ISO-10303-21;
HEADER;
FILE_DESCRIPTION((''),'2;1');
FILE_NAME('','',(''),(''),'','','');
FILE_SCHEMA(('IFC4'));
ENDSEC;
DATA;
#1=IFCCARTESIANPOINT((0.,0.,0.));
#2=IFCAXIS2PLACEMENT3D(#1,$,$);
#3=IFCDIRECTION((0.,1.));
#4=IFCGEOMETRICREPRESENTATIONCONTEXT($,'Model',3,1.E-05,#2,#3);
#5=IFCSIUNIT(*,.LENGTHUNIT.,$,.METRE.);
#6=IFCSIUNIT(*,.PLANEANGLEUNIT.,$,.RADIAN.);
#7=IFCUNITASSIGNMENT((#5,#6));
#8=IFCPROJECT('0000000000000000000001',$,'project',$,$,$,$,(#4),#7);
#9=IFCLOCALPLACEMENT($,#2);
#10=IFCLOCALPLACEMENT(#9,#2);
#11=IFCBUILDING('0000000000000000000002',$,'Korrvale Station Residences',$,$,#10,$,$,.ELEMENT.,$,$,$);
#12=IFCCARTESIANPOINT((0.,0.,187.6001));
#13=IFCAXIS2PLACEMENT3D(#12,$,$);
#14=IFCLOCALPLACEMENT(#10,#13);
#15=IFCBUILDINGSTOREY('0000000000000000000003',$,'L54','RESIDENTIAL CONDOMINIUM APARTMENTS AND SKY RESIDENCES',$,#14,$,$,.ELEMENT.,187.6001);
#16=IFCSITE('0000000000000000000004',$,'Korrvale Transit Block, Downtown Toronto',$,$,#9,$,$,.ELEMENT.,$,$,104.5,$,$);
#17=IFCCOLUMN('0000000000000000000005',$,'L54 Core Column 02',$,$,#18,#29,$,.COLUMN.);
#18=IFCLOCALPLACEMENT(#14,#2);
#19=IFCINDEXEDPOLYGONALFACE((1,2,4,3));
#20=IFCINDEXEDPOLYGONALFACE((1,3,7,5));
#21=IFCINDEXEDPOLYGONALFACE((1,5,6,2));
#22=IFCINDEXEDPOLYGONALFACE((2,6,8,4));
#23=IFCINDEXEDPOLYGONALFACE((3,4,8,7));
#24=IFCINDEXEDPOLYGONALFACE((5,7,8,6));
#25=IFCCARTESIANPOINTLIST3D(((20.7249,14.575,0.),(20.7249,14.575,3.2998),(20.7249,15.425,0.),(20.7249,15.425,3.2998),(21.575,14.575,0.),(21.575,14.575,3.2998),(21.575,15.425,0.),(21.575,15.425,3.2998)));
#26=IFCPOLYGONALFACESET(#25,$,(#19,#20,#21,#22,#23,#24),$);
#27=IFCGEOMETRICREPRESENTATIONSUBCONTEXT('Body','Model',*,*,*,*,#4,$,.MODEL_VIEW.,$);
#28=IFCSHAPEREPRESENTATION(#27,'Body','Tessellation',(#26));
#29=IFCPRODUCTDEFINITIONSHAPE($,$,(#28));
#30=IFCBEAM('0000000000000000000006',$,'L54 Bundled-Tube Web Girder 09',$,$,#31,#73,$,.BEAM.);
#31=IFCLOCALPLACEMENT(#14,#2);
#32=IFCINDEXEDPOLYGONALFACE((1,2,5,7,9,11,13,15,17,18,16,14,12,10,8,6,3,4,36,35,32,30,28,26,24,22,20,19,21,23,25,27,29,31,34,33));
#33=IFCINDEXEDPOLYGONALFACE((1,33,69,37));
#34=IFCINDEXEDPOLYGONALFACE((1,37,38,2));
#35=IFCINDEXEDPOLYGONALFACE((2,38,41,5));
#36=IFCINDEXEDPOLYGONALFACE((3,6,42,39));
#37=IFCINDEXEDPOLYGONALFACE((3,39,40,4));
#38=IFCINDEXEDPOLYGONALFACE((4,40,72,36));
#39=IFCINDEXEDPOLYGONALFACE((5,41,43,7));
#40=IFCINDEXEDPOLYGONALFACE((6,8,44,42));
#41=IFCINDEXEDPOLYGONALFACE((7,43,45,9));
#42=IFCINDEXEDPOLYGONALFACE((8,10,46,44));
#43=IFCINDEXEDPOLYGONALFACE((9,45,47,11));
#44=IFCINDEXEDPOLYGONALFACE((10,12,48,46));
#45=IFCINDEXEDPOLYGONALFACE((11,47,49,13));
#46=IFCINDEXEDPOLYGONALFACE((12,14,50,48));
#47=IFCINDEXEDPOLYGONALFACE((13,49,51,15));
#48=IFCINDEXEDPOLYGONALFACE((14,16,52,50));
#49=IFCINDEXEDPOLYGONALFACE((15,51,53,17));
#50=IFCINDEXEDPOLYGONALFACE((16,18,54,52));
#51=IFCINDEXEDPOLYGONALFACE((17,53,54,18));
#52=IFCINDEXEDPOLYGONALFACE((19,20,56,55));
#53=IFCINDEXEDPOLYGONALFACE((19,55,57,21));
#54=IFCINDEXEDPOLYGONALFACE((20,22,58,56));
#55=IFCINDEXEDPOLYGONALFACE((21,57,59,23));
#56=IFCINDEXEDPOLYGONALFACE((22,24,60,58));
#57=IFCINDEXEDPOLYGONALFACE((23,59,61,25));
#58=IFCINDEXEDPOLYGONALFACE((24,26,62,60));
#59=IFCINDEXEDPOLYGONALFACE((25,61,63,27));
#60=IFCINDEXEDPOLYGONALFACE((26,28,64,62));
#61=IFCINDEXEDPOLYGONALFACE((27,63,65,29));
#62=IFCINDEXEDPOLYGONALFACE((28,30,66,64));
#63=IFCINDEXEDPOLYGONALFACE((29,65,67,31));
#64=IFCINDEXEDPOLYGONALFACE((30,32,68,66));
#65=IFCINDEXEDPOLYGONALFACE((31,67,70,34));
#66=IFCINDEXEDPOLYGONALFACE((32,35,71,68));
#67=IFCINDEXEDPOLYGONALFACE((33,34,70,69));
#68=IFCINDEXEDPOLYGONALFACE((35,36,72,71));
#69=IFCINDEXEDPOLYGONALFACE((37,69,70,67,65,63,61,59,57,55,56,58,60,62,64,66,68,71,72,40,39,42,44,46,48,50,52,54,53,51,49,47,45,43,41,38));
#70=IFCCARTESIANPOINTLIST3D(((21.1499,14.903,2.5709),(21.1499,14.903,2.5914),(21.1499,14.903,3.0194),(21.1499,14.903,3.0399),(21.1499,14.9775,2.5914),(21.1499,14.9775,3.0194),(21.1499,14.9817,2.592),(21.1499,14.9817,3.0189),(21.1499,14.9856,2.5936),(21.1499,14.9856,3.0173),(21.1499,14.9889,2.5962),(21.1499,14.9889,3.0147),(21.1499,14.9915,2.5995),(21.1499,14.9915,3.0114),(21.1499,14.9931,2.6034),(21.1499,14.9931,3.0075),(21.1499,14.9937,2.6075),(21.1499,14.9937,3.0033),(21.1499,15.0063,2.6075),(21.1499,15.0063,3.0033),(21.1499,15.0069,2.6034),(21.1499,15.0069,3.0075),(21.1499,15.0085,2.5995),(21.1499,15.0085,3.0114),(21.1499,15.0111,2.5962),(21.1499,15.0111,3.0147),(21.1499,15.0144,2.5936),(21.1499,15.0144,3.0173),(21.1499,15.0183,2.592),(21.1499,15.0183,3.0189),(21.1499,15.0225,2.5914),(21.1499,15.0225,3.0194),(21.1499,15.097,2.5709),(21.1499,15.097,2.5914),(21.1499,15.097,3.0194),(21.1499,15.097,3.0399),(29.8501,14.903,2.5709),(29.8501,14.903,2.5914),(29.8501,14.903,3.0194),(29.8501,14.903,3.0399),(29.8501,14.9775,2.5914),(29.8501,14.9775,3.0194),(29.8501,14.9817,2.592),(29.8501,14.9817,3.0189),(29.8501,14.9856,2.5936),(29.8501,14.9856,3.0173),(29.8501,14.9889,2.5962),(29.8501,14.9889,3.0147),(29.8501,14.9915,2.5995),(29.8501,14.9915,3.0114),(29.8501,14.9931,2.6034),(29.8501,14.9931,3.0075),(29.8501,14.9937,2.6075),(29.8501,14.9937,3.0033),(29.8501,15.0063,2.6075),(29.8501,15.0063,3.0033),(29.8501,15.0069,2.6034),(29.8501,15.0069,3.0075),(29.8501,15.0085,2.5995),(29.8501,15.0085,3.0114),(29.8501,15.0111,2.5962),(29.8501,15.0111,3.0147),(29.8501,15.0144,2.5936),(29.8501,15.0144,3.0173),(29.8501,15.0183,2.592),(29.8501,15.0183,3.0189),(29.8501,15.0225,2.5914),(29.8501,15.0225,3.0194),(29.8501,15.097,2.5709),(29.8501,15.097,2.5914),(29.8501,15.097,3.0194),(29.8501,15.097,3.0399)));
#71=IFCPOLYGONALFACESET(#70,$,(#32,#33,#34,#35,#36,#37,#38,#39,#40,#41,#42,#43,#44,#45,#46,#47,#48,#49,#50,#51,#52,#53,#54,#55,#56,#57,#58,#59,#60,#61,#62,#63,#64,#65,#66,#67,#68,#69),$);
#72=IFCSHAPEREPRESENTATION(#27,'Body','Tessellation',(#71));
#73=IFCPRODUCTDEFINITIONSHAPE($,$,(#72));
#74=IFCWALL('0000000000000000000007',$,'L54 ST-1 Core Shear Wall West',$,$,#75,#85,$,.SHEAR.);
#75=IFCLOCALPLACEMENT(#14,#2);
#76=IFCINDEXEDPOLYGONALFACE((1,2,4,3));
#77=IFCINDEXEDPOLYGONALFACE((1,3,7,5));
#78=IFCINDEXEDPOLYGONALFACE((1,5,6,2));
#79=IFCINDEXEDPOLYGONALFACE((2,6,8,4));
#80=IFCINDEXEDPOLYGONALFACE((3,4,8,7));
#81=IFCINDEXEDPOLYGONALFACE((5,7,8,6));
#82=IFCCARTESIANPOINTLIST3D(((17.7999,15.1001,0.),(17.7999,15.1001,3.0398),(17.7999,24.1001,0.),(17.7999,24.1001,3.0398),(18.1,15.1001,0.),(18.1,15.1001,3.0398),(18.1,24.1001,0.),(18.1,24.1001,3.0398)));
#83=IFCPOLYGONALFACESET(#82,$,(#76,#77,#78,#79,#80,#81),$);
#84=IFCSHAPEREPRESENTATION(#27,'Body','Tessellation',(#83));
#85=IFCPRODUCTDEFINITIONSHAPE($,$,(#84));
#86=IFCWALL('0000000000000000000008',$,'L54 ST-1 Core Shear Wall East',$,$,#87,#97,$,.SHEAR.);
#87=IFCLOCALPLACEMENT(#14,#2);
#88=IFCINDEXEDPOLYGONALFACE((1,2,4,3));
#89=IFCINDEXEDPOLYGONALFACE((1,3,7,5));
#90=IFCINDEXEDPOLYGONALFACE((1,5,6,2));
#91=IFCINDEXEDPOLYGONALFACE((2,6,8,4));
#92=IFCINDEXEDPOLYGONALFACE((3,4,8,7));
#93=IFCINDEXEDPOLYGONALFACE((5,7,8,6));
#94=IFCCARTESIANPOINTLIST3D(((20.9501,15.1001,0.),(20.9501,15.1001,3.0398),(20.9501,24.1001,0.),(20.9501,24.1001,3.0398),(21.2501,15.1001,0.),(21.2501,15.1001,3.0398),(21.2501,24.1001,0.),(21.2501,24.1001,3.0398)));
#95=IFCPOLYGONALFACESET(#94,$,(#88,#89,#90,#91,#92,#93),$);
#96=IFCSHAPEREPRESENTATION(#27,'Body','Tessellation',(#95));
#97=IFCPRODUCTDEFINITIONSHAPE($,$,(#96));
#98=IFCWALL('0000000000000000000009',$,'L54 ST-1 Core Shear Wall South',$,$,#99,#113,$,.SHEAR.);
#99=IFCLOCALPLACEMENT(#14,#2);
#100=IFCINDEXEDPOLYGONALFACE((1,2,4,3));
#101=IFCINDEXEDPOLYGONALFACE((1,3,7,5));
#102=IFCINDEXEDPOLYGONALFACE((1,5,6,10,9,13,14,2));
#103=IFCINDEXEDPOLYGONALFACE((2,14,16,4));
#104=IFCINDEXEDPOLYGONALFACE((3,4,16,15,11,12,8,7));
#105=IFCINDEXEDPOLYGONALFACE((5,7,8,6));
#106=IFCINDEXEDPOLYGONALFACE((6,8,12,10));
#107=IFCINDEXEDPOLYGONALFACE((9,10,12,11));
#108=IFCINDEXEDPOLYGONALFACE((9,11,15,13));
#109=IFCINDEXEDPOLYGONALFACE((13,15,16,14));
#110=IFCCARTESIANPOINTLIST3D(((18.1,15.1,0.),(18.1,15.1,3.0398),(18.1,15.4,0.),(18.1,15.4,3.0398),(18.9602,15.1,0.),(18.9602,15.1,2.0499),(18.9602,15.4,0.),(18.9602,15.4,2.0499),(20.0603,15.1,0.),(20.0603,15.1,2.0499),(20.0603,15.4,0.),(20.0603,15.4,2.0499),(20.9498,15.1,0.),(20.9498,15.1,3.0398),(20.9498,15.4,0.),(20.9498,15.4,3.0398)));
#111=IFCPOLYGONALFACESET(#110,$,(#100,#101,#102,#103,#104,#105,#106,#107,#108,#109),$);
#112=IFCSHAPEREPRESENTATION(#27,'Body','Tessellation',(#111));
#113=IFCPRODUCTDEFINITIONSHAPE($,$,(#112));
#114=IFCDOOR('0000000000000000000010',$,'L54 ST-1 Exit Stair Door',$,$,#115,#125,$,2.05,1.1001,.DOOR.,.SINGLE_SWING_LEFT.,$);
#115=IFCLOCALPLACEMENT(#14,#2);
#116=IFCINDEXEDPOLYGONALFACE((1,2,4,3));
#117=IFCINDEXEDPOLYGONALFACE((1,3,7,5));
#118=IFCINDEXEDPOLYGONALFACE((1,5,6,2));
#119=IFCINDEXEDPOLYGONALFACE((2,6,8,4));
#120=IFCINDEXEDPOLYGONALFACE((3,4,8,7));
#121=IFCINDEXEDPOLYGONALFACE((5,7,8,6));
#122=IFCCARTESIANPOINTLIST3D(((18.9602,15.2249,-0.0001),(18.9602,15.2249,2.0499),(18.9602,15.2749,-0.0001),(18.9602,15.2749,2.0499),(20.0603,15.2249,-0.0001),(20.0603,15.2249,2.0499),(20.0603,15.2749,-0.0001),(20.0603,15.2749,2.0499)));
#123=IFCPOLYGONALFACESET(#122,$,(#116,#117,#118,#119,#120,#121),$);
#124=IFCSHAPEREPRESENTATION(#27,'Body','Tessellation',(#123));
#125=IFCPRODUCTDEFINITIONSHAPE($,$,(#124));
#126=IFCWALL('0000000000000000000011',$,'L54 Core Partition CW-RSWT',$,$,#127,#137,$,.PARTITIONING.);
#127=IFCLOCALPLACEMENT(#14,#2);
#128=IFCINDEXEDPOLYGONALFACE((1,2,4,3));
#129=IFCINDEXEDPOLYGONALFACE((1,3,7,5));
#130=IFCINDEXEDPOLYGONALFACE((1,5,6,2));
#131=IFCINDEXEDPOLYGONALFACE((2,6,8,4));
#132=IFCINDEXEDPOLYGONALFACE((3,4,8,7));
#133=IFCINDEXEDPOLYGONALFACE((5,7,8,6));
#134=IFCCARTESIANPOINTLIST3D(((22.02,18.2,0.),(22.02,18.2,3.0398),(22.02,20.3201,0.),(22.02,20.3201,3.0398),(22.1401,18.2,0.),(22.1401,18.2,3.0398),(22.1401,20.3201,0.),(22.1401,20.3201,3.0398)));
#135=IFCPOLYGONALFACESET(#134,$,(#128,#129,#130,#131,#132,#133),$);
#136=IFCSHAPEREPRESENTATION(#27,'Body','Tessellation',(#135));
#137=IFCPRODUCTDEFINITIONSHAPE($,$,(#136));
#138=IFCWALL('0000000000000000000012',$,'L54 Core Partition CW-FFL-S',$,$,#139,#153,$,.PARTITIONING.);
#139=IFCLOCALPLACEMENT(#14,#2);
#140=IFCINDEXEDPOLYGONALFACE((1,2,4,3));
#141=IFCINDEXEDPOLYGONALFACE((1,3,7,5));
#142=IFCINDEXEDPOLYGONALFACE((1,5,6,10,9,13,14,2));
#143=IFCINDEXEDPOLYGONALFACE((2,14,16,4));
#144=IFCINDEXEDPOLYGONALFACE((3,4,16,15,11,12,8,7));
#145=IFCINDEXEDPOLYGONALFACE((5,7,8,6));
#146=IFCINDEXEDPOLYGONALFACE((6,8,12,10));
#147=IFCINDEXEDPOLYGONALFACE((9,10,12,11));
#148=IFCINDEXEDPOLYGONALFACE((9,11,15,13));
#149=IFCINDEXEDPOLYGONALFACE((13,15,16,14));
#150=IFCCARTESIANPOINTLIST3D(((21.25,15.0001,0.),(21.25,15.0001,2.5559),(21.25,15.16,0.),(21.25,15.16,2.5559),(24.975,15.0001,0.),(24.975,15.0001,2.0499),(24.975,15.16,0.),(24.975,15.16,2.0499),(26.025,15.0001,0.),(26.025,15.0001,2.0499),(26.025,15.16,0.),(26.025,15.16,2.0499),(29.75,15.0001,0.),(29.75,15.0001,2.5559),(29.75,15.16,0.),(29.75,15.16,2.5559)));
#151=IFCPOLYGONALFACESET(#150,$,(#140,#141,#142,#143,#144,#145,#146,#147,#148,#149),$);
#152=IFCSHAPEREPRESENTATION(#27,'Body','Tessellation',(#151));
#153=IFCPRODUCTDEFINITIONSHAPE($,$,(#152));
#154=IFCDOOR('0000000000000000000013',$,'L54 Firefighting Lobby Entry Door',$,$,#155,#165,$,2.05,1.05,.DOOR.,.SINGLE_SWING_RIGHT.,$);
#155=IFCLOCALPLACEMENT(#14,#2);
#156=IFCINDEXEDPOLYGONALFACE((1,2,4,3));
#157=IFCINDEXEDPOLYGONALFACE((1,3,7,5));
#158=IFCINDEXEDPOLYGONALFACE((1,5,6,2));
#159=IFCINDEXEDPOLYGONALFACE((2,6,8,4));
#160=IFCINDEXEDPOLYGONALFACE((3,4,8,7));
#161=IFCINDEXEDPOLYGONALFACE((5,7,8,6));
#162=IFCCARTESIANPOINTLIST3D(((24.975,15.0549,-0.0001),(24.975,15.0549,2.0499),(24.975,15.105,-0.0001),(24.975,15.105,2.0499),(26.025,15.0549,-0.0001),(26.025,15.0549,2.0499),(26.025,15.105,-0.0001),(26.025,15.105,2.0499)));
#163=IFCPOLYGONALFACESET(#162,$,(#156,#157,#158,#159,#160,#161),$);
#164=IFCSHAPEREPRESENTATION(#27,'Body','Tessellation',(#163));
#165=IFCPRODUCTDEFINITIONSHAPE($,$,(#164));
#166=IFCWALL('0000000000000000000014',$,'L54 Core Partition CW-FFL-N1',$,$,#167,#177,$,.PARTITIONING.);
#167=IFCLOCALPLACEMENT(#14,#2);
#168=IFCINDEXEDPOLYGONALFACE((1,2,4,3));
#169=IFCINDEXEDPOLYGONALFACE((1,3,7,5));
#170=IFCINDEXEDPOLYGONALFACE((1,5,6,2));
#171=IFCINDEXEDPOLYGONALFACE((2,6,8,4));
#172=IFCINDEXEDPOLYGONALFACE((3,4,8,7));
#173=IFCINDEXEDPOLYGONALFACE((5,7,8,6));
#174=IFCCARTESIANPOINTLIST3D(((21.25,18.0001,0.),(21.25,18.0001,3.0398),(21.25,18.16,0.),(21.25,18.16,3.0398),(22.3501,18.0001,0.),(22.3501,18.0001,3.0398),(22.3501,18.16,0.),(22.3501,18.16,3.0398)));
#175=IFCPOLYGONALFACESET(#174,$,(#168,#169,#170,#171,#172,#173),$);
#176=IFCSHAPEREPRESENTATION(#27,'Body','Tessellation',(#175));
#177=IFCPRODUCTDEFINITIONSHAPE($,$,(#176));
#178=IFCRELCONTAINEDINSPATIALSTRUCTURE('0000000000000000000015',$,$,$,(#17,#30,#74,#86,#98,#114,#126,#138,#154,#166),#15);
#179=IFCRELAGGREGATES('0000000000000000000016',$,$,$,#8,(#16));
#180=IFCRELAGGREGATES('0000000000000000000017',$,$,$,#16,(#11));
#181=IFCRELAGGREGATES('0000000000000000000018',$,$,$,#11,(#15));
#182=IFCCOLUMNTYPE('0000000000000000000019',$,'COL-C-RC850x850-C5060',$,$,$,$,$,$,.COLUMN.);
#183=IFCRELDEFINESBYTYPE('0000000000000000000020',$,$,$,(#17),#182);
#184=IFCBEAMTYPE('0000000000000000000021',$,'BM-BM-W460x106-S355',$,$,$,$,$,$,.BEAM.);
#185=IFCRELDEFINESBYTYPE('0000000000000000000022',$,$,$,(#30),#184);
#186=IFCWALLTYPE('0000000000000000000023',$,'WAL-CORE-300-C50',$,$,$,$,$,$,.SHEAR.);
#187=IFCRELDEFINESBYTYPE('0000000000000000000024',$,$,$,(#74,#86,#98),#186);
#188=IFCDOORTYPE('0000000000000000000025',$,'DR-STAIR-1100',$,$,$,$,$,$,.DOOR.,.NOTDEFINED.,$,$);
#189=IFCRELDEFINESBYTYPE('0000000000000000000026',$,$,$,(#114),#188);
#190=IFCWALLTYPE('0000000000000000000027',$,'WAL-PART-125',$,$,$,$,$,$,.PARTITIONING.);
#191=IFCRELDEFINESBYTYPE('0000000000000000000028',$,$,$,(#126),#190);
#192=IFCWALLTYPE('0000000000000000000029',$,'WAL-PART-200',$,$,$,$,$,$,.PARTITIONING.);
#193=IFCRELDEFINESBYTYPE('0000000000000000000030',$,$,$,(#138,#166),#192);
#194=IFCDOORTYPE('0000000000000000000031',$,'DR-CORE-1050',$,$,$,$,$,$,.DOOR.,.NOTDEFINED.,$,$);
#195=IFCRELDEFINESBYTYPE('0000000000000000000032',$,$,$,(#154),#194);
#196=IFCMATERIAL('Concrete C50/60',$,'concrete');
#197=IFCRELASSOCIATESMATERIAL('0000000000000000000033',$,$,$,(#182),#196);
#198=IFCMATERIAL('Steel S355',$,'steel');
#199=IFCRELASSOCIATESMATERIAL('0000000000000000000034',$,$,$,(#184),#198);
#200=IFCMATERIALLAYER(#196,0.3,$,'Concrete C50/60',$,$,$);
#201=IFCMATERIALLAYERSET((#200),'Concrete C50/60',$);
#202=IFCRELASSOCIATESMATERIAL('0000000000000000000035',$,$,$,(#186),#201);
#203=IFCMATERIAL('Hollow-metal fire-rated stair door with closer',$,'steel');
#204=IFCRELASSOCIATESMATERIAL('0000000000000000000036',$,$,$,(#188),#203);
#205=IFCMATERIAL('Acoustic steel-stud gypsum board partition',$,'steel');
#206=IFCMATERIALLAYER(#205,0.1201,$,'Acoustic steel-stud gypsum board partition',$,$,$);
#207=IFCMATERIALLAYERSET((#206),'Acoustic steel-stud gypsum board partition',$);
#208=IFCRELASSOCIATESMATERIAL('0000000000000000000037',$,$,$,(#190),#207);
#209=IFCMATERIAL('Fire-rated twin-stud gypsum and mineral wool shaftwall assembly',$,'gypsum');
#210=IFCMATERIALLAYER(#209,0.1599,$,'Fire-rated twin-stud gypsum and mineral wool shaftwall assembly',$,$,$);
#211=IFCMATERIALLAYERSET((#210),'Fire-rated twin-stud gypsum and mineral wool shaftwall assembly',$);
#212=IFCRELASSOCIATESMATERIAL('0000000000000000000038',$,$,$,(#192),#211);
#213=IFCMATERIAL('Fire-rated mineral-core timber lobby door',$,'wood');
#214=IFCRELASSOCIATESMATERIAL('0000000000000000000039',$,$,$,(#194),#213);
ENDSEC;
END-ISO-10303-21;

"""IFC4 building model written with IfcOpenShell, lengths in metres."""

from ifc_helpers import new_model, si_unit, direction, frame, frame_2d, origin, origin_2d, place, context, subcontext, project, spatial, rectangle, i_section, extrude, material, layer, layer_set, material_profile, profile_set, type_object, element, fill, save


model = new_model("IFC4")

# Units and contexts
model_context = context("Model", 3, precision=1e-05, world=origin(), true_north=direction((0.0, 1.0)))
body_context = subcontext(model_context, "Body", "Model", "MODEL_VIEW")
ifc_project = project(units=[si_unit("LENGTHUNIT", "METRE"), si_unit("PLANEANGLEUNIT", "RADIAN")], contexts=[model_context])

# Site, building, storey
site_placement = place(None, origin())
site = spatial("IfcSite", under=ifc_project, at=site_placement, Name="Korrvale Transit Block, Downtown Toronto", CompositionType="ELEMENT", RefElevation=104.5)
building_placement = place(site_placement, origin())
building = spatial("IfcBuilding", under=site, at=building_placement, Name="Korrvale Station Residences", CompositionType="ELEMENT")
storey_placement = place(building_placement, frame((0.0, 0.0, 187.6001)))
storey = spatial("IfcBuildingStorey", under=building, at=storey_placement, Name="L54", Description="RESIDENTIAL CONDOMINIUM APARTMENTS AND SKY RESIDENCES", CompositionType="ELEMENT", Elevation=187.6001)

# Column
ifc_material_1 = material(Name="Concrete C50/60", Category="concrete")
ifc_material_profile_1 = material_profile(ifc_material_1, rectangle(XDim=0.8501, YDim=0.8501, at=origin_2d()), Name="RC850x850")
ifc_profile_set_1 = profile_set([ifc_material_profile_1], Name="Concrete C50/60")
column_type = type_object("IfcColumnType", Name="COL-C-RC850x850-C5060", PredefinedType="COLUMN", material=ifc_profile_set_1)
column_placement = place(storey_placement, frame((21.1499, 15.0, 0.0), z_axis=(0.0, 0.0, 1.0), x_axis=(1.0, 0.0, 0.0)))
element("IfcColumn", 1, at=column_placement, inside=storey, type_object=column_type, Name="L54 Core Column 02", PredefinedType="COLUMN", context=body_context, shape_type="SweptSolid", body=[
    extrude(rectangle(XDim=0.8501, YDim=0.8501, at=origin_2d()), origin(), (0.0, 0.0, 1.0), 3.2998),
])

# Beam
ifc_material_2 = material(Name="Steel S355", Category="steel")
ifc_material_profile_2 = material_profile(ifc_material_2, i_section(OverallWidth=0.1941, OverallDepth=0.469, WebThickness=0.0127, FlangeThickness=0.0205, FilletRadius=0.0161, at=origin_2d()), Name="W460x106")
ifc_profile_set_2 = profile_set([ifc_material_profile_2], Name="Steel S355")
beam_type = type_object("IfcBeamType", Name="BM-BM-W460x106-S355", PredefinedType="BEAM", material=ifc_profile_set_2)
beam_placement = place(storey_placement, frame((21.1499, 15.0, 2.8054), z_axis=(1.0, 0.0, 0.0), x_axis=(0.0, 1.0, 0.0)))
element("IfcBeam", 2, at=beam_placement, inside=storey, type_object=beam_type, Name="L54 Bundled-Tube Web Girder 09", PredefinedType="BEAM", context=body_context, shape_type="SweptSolid", body=[
    extrude(i_section(OverallWidth=0.1941, OverallDepth=0.469, WebThickness=0.0127, FlangeThickness=0.0205, FilletRadius=0.0161, at=origin_2d()), origin(), (0.0, 0.0, 1.0), 8.7002),
])

# Walls
ifc_layer_1 = layer(ifc_material_1, 0.3, Name="Concrete C50/60")
ifc_layer_set_1 = layer_set([ifc_layer_1], Name="Concrete C50/60")
wall_type_1 = type_object("IfcWallType", Name="WAL-CORE-300-C50", PredefinedType="SHEAR", material=ifc_layer_set_1)
for number, where, z_axis, x_axis, name in (
    (3, (17.95, 15.1001, 0.0), (0.0, 0.0, 1.0), (0.0, 1.0, 0.0), "L54 ST-1 Core Shear Wall West"),
    (4, (21.1001, 15.1001, 0.0), (0.0, 0.0, 1.0), (0.0, 1.0, 0.0), "L54 ST-1 Core Shear Wall East"),
):
    element("IfcWall", number, at=place(storey_placement, frame(where, z_axis=z_axis, x_axis=x_axis)), inside=storey, type_object=wall_type_1, Name=name, PredefinedType="SHEAR", context=body_context, shape_type="SweptSolid", body=[
        extrude(rectangle(XDim=9.0, YDim=0.3, at=frame_2d((4.5, 0.0))), origin(), (0.0, 0.0, 1.0), 3.0398),
    ])

# Wall, opening, door
wall_1_placement = place(storey_placement, frame((18.1001, 15.25, 0.0), z_axis=(0.0, 0.0, 1.0), x_axis=(1.0, 0.0, 0.0)))
wall_1 = element("IfcWall", 5, at=wall_1_placement, inside=storey, type_object=wall_type_1, Name="L54 ST-1 Core Shear Wall South", PredefinedType="SHEAR", context=body_context, shape_type="SweptSolid", body=[
    extrude(rectangle(XDim=2.8499, YDim=0.3, at=frame_2d((1.4248, 0.0))), origin(), (0.0, 0.0, 1.0), 3.0398),
])
opening_1_placement = place(wall_1_placement, frame((0.8601, 0.0, 0.0)))
opening_1 = element("IfcOpeningElement", 6, at=opening_1_placement, cuts=wall_1, PredefinedType="OPENING", context=body_context, shape_type="SweptSolid", body=[
    extrude(rectangle(XDim=1.1001, YDim=2.05, at=frame_2d((0.55, 1.0249))), frame((0.0, 0.1602, 0.0), z_axis=(0.0, -1.0, 0.0), x_axis=(1.0, 0.0, 0.0)), (0.0, 0.0, 1.0), 0.3201),
])
ifc_material_3 = material(Name="Hollow-metal fire-rated stair door with closer", Category="steel")
door_type_1 = type_object("IfcDoorType", Name="DR-STAIR-1100", OperationType="NOTDEFINED", PredefinedType="DOOR", material=ifc_material_3)
door_1_placement = place(opening_1_placement, origin())
door_1 = element("IfcDoor", 7, at=door_1_placement, inside=storey, type_object=door_type_1, Name="L54 ST-1 Exit Stair Door", OperationType="SINGLE_SWING_LEFT", OverallHeight=2.05, OverallWidth=1.1001, PredefinedType="DOOR", context=body_context, shape_type="SweptSolid", body=[
    extrude(rectangle(XDim=1.1001, YDim=2.05, at=frame_2d((0.55, 1.0249))), frame((0.0, 0.0249, 0.0), z_axis=(0.0, -1.0, 0.0), x_axis=(1.0, 0.0, 0.0)), (0.0, 0.0, 1.0), 0.05),
])
fill(opening_1, door_1)

# Wall
ifc_material_4 = material(Name="Acoustic steel-stud gypsum board partition", Category="steel")
ifc_layer_2 = layer(ifc_material_4, 0.1201, Name="Acoustic steel-stud gypsum board partition")
ifc_layer_set_2 = layer_set([ifc_layer_2], Name="Acoustic steel-stud gypsum board partition")
wall_type_2 = type_object("IfcWallType", Name="WAL-PART-125", PredefinedType="PARTITIONING", material=ifc_layer_set_2)
wall_2_placement = place(storey_placement, frame((22.0801, 18.2, 0.0), z_axis=(0.0, 0.0, 1.0), x_axis=(0.0, 1.0, 0.0)))
element("IfcWall", 8, at=wall_2_placement, inside=storey, type_object=wall_type_2, Name="L54 Core Partition CW-RSWT", PredefinedType="PARTITIONING", context=body_context, shape_type="SweptSolid", body=[
    extrude(rectangle(XDim=2.1201, YDim=0.1201, at=frame_2d((1.0601, 0.0))), origin(), (0.0, 0.0, 1.0), 3.0398),
])

# Wall, opening, door
ifc_material_5 = material(Name="Fire-rated twin-stud gypsum and mineral wool shaftwall assembly", Category="gypsum")
ifc_layer_3 = layer(ifc_material_5, 0.1599, Name="Fire-rated twin-stud gypsum and mineral wool shaftwall assembly")
ifc_layer_set_3 = layer_set([ifc_layer_3], Name="Fire-rated twin-stud gypsum and mineral wool shaftwall assembly")
wall_type_3 = type_object("IfcWallType", Name="WAL-PART-200", PredefinedType="PARTITIONING", material=ifc_layer_set_3)
wall_3_placement = place(storey_placement, frame((21.25, 15.0801, 0.0), z_axis=(0.0, 0.0, 1.0), x_axis=(1.0, 0.0, 0.0)))
wall_3 = element("IfcWall", 9, at=wall_3_placement, inside=storey, type_object=wall_type_3, Name="L54 Core Partition CW-FFL-S", PredefinedType="PARTITIONING", context=body_context, shape_type="SweptSolid", body=[
    extrude(rectangle(XDim=8.5, YDim=0.1599, at=frame_2d((4.25, 0.0))), origin(), (0.0, 0.0, 1.0), 2.5559),
])
opening_2_placement = place(wall_3_placement, frame((3.7251, 0.0, 0.0)))
opening_2 = element("IfcOpeningElement", 10, at=opening_2_placement, cuts=wall_3, PredefinedType="OPENING", context=body_context, shape_type="SweptSolid", body=[
    extrude(rectangle(XDim=1.05, YDim=2.05, at=frame_2d((0.5249, 1.0249))), frame((0.0, 0.0898, 0.0), z_axis=(0.0, -1.0, 0.0), x_axis=(1.0, 0.0, 0.0)), (0.0, 0.0, 1.0), 0.1799),
])
ifc_material_6 = material(Name="Fire-rated mineral-core timber lobby door", Category="wood")
door_type_2 = type_object("IfcDoorType", Name="DR-CORE-1050", OperationType="NOTDEFINED", PredefinedType="DOOR", material=ifc_material_6)
door_2_placement = place(opening_2_placement, origin())
door_2 = element("IfcDoor", 11, at=door_2_placement, inside=storey, type_object=door_type_2, Name="L54 Firefighting Lobby Entry Door", OperationType="SINGLE_SWING_RIGHT", OverallHeight=2.05, OverallWidth=1.05, PredefinedType="DOOR", context=body_context, shape_type="SweptSolid", body=[
    extrude(rectangle(XDim=1.05, YDim=2.05, at=frame_2d((0.5249, 1.0249))), frame((0.0, 0.0249, 0.0), z_axis=(0.0, -1.0, 0.0), x_axis=(1.0, 0.0, 0.0)), (0.0, 0.0, 1.0), 0.05),
])
fill(opening_2, door_2)

# Wall
wall_4_placement = place(storey_placement, frame((21.25, 18.0801, 0.0), z_axis=(0.0, 0.0, 1.0), x_axis=(1.0, 0.0, 0.0)))
element("IfcWall", 12, at=wall_4_placement, inside=storey, type_object=wall_type_3, Name="L54 Core Partition CW-FFL-N1", PredefinedType="PARTITIONING", context=body_context, shape_type="SweptSolid", body=[
    extrude(rectangle(XDim=1.1001, YDim=0.1599, at=frame_2d((0.55, 0.0))), origin(), (0.0, 0.0, 1.0), 3.0398),
])

save(model, "model.ifc")
